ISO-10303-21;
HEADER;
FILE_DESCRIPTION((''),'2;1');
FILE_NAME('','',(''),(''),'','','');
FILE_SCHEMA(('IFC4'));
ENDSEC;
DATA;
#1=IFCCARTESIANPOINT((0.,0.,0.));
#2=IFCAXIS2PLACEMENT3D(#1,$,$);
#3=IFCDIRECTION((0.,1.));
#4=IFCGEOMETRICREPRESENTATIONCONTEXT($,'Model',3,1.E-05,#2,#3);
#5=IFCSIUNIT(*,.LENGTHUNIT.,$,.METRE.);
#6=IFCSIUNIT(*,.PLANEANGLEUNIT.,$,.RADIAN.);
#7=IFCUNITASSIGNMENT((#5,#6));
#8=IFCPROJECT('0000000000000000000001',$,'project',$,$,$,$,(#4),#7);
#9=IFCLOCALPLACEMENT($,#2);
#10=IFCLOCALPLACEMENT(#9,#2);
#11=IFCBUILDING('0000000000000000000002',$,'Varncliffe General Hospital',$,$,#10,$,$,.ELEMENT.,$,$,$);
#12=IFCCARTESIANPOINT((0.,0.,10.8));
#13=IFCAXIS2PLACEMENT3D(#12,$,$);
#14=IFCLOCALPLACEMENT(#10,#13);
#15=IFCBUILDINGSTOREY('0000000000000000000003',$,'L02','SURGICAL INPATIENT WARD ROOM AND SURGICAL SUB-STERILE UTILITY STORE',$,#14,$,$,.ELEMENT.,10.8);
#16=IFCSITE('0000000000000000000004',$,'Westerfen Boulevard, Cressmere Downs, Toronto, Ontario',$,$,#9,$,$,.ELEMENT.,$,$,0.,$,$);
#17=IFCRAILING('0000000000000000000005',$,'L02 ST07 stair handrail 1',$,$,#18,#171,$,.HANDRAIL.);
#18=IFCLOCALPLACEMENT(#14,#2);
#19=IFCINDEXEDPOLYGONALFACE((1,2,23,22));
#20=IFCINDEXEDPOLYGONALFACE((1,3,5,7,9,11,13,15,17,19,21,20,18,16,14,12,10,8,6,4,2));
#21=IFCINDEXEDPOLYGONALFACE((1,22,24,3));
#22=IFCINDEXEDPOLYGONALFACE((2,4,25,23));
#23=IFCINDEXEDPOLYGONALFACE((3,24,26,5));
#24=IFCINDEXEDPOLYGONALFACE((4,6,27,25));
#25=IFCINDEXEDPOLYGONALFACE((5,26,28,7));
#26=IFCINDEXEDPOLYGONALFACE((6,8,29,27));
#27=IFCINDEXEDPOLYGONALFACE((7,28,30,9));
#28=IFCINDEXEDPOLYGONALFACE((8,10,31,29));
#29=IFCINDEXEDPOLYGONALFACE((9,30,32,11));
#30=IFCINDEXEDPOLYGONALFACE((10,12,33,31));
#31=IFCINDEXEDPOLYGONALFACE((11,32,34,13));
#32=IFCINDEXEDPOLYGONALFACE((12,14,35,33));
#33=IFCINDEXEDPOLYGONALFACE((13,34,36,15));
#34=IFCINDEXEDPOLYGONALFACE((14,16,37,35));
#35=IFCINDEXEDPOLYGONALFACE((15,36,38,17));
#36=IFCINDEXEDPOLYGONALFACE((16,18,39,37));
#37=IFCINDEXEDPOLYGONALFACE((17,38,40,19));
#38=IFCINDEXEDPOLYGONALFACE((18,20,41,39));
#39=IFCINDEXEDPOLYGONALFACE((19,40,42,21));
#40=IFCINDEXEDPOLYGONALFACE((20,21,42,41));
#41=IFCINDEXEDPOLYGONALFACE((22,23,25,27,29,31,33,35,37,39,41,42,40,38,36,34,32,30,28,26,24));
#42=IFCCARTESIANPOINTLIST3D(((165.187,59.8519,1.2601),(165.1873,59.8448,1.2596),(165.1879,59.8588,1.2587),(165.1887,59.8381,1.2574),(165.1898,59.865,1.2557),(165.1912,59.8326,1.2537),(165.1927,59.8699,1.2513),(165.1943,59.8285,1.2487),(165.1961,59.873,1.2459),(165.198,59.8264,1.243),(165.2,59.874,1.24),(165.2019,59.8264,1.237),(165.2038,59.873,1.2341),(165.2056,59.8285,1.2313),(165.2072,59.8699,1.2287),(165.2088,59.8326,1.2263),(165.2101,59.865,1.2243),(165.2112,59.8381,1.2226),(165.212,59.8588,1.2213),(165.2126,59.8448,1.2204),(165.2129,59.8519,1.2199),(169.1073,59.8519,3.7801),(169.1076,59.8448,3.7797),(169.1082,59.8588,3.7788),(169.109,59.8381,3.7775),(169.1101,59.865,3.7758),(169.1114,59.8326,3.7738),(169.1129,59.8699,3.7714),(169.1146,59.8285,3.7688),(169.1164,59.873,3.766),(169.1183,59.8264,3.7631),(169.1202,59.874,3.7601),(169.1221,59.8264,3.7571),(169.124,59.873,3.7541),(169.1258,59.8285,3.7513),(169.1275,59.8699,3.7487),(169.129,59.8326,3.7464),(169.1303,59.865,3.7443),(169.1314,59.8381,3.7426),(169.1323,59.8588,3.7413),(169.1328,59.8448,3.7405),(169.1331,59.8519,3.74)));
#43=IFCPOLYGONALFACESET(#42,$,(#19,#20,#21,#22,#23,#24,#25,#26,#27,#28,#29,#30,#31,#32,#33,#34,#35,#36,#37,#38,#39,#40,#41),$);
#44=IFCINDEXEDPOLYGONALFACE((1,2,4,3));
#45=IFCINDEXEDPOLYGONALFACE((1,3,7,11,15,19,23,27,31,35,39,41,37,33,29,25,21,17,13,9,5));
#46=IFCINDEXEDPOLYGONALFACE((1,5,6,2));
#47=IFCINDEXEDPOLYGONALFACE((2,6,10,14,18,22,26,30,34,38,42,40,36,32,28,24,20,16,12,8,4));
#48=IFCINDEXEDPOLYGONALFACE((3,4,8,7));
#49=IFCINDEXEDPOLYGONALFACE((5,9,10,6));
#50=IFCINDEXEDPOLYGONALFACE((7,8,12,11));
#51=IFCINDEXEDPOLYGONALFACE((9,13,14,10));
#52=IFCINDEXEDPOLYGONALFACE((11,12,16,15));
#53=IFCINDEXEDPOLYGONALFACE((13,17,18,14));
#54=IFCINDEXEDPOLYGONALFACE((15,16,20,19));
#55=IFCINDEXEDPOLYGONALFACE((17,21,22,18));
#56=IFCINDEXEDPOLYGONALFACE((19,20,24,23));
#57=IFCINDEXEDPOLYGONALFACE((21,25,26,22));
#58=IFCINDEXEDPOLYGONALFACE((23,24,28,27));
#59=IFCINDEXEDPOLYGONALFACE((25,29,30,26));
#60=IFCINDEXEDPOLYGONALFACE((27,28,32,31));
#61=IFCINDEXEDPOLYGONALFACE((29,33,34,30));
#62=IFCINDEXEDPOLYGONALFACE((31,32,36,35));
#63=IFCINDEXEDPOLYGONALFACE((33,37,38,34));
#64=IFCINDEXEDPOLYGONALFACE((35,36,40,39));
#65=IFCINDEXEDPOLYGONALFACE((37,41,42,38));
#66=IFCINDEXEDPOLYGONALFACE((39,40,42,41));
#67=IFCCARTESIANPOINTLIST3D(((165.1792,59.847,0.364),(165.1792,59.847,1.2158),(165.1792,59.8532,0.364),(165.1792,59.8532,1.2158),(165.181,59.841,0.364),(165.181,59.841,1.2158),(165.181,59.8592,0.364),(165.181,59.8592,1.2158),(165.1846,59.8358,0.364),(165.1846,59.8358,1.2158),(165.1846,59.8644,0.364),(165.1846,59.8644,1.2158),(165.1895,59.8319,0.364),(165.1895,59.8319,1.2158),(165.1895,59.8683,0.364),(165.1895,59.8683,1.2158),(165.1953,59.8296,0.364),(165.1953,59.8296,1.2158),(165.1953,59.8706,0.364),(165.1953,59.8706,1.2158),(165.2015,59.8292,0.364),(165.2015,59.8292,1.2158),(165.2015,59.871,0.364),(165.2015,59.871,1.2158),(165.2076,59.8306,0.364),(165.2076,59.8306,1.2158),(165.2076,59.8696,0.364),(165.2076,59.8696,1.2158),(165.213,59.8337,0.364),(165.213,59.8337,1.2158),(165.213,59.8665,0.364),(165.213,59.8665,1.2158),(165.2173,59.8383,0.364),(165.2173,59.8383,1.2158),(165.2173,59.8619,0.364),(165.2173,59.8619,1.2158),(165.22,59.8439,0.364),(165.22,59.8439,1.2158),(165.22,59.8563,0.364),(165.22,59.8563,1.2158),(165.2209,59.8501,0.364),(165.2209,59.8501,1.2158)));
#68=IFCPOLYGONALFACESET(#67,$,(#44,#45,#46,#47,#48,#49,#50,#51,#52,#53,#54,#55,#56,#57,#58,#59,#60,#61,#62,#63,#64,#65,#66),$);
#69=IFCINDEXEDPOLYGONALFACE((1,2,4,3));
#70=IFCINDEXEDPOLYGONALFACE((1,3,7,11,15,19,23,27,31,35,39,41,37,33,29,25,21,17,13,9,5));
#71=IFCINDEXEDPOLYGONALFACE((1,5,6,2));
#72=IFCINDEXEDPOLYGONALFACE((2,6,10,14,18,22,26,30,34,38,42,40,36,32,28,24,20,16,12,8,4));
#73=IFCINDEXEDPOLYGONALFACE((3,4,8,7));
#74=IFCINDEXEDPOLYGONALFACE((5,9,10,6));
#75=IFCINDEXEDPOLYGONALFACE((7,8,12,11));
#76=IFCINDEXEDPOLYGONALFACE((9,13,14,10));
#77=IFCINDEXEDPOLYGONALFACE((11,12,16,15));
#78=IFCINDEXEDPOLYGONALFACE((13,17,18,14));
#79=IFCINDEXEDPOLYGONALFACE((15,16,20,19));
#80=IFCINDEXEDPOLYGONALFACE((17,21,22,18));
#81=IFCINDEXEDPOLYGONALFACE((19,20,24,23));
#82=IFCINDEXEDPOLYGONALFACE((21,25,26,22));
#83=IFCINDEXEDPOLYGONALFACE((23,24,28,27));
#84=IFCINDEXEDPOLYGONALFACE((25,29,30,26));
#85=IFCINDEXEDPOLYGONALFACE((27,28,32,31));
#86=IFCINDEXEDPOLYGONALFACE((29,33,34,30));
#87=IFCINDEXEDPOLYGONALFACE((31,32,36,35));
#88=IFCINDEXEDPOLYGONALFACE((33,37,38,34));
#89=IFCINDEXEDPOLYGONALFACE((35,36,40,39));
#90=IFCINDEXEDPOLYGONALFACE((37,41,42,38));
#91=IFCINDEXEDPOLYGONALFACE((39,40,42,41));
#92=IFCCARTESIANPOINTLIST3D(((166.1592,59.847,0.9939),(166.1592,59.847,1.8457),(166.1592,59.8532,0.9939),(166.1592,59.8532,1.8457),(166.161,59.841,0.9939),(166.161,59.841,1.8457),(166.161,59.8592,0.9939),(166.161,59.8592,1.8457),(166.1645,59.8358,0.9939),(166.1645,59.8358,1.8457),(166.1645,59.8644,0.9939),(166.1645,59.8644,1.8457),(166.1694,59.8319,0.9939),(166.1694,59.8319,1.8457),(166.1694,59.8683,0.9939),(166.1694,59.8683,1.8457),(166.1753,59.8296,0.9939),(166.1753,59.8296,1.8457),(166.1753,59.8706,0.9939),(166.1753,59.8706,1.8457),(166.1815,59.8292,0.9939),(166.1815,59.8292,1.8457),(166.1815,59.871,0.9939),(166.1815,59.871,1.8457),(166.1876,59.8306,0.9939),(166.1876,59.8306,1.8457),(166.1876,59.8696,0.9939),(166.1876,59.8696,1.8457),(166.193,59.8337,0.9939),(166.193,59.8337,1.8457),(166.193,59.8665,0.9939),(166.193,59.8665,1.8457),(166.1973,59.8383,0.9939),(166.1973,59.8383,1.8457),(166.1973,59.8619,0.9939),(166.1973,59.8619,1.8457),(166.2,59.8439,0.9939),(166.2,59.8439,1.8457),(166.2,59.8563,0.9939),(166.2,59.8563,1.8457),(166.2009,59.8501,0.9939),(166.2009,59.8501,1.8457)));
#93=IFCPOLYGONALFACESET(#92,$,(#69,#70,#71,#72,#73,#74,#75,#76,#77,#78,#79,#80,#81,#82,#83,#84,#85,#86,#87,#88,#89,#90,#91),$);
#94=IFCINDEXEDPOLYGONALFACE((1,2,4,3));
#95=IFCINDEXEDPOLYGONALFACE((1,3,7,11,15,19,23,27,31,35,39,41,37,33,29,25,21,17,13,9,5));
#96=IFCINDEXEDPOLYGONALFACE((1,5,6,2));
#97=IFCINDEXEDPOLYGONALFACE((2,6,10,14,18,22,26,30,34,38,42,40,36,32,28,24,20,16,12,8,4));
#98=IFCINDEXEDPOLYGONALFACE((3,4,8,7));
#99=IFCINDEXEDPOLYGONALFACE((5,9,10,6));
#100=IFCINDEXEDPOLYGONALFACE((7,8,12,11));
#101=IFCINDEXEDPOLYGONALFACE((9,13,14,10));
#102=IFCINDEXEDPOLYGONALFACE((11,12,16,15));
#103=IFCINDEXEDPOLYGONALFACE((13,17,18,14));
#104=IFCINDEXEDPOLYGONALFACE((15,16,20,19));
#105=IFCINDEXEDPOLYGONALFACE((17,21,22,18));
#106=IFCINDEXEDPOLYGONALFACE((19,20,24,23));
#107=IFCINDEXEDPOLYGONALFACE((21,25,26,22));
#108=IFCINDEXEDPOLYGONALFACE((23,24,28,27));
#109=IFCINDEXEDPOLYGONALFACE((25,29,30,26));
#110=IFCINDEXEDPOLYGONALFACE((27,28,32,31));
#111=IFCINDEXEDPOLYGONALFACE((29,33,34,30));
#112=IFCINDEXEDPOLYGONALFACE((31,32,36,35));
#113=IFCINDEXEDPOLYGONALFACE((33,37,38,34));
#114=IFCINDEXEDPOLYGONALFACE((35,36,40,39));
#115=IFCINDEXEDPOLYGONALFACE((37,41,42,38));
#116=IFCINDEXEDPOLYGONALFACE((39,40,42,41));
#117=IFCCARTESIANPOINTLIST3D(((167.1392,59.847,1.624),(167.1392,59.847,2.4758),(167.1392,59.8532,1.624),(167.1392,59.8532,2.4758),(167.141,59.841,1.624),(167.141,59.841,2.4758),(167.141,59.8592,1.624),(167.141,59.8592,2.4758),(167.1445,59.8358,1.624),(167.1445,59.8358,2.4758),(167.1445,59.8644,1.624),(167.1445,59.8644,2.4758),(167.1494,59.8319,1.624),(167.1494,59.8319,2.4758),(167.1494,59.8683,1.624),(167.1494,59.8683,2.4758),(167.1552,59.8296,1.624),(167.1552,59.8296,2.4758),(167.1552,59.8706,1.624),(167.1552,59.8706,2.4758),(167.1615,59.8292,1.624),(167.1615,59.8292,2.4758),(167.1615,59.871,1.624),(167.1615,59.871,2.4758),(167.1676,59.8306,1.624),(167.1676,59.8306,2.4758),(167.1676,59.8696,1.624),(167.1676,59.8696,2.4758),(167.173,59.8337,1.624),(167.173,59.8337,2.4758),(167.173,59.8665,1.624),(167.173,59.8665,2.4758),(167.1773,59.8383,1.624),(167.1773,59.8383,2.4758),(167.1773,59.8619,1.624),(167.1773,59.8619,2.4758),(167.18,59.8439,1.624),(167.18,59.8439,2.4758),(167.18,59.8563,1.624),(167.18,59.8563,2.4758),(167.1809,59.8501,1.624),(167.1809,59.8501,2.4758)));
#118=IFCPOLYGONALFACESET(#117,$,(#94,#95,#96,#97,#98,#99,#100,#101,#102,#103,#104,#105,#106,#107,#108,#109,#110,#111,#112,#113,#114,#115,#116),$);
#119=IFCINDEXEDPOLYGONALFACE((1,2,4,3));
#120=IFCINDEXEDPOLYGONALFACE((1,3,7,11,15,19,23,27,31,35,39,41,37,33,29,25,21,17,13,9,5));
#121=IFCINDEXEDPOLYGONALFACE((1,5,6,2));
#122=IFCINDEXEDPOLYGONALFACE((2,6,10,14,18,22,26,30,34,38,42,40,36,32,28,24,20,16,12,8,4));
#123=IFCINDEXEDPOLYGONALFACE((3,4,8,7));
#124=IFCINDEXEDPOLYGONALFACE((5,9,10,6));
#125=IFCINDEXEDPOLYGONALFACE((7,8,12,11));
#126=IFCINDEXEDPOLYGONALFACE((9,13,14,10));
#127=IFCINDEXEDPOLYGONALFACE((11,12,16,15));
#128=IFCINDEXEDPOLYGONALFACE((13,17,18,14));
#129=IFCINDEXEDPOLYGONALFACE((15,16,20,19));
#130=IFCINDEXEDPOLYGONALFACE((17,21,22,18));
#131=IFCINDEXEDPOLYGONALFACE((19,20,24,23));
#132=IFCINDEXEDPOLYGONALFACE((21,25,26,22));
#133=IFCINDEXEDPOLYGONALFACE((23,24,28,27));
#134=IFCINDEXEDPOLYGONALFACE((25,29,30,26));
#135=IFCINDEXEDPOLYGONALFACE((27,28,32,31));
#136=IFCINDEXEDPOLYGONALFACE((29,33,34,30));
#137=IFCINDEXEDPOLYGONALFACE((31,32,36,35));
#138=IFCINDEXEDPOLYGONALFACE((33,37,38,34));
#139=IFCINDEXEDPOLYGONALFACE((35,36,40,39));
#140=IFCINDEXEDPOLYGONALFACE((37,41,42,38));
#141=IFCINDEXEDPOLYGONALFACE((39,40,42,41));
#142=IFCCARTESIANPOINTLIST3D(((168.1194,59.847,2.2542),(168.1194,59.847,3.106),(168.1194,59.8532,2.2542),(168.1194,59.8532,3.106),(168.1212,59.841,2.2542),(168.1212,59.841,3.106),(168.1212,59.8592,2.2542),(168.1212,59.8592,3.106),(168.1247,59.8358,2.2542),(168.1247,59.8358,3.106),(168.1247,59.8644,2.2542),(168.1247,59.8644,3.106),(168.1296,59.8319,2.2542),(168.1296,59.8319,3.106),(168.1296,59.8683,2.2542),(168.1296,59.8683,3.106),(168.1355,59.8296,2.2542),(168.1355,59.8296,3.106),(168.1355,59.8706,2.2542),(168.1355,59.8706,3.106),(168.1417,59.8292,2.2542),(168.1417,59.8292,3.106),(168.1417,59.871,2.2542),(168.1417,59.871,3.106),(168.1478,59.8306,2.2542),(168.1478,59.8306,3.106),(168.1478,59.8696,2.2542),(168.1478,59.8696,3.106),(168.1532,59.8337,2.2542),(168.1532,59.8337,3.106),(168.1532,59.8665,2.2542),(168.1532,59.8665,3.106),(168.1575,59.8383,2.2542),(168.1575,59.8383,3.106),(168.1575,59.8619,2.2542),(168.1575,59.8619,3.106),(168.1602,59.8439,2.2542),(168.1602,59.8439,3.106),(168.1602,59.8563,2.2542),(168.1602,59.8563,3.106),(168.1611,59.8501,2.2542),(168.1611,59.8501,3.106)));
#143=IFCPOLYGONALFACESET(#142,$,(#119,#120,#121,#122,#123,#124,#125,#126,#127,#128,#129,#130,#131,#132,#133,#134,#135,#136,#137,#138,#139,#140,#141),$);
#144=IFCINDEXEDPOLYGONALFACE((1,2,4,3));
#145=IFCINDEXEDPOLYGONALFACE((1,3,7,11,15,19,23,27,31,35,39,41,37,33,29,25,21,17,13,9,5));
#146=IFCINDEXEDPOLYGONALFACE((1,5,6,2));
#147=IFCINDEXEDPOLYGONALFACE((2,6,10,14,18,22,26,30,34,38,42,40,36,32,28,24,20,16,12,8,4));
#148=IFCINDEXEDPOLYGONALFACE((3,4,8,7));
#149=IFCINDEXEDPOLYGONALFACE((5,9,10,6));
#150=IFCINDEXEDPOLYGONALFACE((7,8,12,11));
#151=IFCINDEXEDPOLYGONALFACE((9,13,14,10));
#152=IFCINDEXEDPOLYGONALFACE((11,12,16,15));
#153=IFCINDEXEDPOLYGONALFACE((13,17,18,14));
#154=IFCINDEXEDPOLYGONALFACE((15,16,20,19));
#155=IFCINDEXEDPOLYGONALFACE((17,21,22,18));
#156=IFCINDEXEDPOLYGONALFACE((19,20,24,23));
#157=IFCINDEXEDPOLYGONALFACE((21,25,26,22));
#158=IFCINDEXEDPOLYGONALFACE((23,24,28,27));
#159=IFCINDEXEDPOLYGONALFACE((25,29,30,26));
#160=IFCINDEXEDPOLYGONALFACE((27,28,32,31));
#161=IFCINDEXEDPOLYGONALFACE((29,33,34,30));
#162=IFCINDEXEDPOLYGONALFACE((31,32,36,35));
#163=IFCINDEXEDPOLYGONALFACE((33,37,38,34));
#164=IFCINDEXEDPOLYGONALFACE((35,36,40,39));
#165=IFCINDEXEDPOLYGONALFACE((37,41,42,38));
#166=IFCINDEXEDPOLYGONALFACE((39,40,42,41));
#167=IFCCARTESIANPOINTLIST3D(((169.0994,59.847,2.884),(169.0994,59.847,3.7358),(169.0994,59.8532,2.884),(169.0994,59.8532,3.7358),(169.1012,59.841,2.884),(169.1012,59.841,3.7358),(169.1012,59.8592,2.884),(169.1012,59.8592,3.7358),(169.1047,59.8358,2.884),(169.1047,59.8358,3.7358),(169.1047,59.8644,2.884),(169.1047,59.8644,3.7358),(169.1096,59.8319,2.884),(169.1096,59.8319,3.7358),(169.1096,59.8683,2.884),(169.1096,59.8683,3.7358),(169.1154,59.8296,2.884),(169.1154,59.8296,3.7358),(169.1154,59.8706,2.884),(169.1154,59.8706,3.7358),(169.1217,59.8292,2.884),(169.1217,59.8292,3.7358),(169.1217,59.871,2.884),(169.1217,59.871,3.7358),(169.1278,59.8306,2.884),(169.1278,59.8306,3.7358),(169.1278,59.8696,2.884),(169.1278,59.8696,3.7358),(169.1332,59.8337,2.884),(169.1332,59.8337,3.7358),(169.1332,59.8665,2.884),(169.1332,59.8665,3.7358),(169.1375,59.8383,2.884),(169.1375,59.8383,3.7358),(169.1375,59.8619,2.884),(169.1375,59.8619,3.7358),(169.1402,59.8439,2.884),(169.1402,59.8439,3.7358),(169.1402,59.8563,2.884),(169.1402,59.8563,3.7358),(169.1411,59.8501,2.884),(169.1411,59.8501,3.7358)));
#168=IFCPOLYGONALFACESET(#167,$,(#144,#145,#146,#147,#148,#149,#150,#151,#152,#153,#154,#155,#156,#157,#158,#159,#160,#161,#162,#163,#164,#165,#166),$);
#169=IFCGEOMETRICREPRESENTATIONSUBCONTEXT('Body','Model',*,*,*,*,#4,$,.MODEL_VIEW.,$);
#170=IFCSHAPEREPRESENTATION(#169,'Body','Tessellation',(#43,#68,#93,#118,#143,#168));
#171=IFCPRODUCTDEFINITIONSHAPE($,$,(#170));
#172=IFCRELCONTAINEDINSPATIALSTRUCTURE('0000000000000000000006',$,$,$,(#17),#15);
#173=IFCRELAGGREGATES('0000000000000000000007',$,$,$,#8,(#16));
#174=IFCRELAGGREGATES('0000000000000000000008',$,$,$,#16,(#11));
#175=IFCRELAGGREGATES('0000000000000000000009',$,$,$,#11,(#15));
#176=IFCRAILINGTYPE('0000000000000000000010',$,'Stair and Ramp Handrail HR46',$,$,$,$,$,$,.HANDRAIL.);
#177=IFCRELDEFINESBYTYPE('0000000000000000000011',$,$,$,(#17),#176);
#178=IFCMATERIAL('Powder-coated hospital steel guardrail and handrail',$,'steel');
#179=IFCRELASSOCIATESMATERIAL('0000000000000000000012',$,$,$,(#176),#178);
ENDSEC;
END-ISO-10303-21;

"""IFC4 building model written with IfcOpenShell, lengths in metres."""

from ifc_helpers import new_model, si_unit, direction, frame, origin, origin_2d, place, context, subcontext, project, spatial, circle, extrude, material, type_object, element, save


model = new_model("IFC4")

# Units and contexts
model_context = context("Model", 3, precision=1e-05, world=origin(), true_north=direction((0.0, 1.0)))
body_context = subcontext(model_context, "Body", "Model", "MODEL_VIEW")
ifc_project = project(units=[si_unit("LENGTHUNIT", "METRE"), si_unit("PLANEANGLEUNIT", "RADIAN")], contexts=[model_context])

# Site, building, storey
site_placement = place(None, origin())
site = spatial("IfcSite", under=ifc_project, at=site_placement, Name="Westerfen Boulevard, Cressmere Downs, Toronto, Ontario", CompositionType="ELEMENT", RefElevation=0.0)
building_placement = place(site_placement, origin())
building = spatial("IfcBuilding", under=site, at=building_placement, Name="Varncliffe General Hospital", CompositionType="ELEMENT")
storey_placement = place(building_placement, frame((0.0, 0.0, 10.8)))
storey = spatial("IfcBuildingStorey", under=building, at=storey_placement, Name="L02", Description="SURGICAL INPATIENT WARD ROOM AND SURGICAL SUB-STERILE UTILITY STORE", CompositionType="ELEMENT", Elevation=10.8)

# Railing
ifc_material_1 = material(Name="Powder-coated hospital steel guardrail and handrail", Category="steel")
railing_type_1 = type_object("IfcRailingType", Name="Stair and Ramp Handrail HR46", PredefinedType="HANDRAIL", material=ifc_material_1)
railing_1_placement = place(storey_placement, frame((165.2, 59.8501, 0.364)))
element("IfcRailing", 1, at=railing_1_placement, inside=storey, type_object=railing_type_1, Name="L02 ST07 stair handrail 1", PredefinedType="HANDRAIL", context=body_context, shape_type="SweptSolid", body=[
    extrude(circle(Radius=0.0239, at=origin_2d()), frame((0.0, 0.0, 0.876), z_axis=(0.841187, 0.0, 0.540744), x_axis=(0.0, 1.0, 0.0)), (0.0, 0.0, 1.0), 4.6604),
    extrude(circle(Radius=0.021, at=origin_2d()), origin(), (0.0, 0.0, 1.0), 0.8518),
    extrude(circle(Radius=0.021, at=origin_2d()), frame((0.98, 0.0, 0.6299)), (0.0, 0.0, 1.0), 0.8518),
    extrude(circle(Radius=0.021, at=origin_2d()), frame((1.96, 0.0, 1.26)), (0.0, 0.0, 1.0), 0.8518),
    extrude(circle(Radius=0.021, at=origin_2d()), frame((2.9402, 0.0, 1.8901)), (0.0, 0.0, 1.0), 0.8518),
    extrude(circle(Radius=0.021, at=origin_2d()), frame((3.9202, 0.0, 2.52)), (0.0, 0.0, 1.0), 0.8518),
])

save(model, "model.ifc")
